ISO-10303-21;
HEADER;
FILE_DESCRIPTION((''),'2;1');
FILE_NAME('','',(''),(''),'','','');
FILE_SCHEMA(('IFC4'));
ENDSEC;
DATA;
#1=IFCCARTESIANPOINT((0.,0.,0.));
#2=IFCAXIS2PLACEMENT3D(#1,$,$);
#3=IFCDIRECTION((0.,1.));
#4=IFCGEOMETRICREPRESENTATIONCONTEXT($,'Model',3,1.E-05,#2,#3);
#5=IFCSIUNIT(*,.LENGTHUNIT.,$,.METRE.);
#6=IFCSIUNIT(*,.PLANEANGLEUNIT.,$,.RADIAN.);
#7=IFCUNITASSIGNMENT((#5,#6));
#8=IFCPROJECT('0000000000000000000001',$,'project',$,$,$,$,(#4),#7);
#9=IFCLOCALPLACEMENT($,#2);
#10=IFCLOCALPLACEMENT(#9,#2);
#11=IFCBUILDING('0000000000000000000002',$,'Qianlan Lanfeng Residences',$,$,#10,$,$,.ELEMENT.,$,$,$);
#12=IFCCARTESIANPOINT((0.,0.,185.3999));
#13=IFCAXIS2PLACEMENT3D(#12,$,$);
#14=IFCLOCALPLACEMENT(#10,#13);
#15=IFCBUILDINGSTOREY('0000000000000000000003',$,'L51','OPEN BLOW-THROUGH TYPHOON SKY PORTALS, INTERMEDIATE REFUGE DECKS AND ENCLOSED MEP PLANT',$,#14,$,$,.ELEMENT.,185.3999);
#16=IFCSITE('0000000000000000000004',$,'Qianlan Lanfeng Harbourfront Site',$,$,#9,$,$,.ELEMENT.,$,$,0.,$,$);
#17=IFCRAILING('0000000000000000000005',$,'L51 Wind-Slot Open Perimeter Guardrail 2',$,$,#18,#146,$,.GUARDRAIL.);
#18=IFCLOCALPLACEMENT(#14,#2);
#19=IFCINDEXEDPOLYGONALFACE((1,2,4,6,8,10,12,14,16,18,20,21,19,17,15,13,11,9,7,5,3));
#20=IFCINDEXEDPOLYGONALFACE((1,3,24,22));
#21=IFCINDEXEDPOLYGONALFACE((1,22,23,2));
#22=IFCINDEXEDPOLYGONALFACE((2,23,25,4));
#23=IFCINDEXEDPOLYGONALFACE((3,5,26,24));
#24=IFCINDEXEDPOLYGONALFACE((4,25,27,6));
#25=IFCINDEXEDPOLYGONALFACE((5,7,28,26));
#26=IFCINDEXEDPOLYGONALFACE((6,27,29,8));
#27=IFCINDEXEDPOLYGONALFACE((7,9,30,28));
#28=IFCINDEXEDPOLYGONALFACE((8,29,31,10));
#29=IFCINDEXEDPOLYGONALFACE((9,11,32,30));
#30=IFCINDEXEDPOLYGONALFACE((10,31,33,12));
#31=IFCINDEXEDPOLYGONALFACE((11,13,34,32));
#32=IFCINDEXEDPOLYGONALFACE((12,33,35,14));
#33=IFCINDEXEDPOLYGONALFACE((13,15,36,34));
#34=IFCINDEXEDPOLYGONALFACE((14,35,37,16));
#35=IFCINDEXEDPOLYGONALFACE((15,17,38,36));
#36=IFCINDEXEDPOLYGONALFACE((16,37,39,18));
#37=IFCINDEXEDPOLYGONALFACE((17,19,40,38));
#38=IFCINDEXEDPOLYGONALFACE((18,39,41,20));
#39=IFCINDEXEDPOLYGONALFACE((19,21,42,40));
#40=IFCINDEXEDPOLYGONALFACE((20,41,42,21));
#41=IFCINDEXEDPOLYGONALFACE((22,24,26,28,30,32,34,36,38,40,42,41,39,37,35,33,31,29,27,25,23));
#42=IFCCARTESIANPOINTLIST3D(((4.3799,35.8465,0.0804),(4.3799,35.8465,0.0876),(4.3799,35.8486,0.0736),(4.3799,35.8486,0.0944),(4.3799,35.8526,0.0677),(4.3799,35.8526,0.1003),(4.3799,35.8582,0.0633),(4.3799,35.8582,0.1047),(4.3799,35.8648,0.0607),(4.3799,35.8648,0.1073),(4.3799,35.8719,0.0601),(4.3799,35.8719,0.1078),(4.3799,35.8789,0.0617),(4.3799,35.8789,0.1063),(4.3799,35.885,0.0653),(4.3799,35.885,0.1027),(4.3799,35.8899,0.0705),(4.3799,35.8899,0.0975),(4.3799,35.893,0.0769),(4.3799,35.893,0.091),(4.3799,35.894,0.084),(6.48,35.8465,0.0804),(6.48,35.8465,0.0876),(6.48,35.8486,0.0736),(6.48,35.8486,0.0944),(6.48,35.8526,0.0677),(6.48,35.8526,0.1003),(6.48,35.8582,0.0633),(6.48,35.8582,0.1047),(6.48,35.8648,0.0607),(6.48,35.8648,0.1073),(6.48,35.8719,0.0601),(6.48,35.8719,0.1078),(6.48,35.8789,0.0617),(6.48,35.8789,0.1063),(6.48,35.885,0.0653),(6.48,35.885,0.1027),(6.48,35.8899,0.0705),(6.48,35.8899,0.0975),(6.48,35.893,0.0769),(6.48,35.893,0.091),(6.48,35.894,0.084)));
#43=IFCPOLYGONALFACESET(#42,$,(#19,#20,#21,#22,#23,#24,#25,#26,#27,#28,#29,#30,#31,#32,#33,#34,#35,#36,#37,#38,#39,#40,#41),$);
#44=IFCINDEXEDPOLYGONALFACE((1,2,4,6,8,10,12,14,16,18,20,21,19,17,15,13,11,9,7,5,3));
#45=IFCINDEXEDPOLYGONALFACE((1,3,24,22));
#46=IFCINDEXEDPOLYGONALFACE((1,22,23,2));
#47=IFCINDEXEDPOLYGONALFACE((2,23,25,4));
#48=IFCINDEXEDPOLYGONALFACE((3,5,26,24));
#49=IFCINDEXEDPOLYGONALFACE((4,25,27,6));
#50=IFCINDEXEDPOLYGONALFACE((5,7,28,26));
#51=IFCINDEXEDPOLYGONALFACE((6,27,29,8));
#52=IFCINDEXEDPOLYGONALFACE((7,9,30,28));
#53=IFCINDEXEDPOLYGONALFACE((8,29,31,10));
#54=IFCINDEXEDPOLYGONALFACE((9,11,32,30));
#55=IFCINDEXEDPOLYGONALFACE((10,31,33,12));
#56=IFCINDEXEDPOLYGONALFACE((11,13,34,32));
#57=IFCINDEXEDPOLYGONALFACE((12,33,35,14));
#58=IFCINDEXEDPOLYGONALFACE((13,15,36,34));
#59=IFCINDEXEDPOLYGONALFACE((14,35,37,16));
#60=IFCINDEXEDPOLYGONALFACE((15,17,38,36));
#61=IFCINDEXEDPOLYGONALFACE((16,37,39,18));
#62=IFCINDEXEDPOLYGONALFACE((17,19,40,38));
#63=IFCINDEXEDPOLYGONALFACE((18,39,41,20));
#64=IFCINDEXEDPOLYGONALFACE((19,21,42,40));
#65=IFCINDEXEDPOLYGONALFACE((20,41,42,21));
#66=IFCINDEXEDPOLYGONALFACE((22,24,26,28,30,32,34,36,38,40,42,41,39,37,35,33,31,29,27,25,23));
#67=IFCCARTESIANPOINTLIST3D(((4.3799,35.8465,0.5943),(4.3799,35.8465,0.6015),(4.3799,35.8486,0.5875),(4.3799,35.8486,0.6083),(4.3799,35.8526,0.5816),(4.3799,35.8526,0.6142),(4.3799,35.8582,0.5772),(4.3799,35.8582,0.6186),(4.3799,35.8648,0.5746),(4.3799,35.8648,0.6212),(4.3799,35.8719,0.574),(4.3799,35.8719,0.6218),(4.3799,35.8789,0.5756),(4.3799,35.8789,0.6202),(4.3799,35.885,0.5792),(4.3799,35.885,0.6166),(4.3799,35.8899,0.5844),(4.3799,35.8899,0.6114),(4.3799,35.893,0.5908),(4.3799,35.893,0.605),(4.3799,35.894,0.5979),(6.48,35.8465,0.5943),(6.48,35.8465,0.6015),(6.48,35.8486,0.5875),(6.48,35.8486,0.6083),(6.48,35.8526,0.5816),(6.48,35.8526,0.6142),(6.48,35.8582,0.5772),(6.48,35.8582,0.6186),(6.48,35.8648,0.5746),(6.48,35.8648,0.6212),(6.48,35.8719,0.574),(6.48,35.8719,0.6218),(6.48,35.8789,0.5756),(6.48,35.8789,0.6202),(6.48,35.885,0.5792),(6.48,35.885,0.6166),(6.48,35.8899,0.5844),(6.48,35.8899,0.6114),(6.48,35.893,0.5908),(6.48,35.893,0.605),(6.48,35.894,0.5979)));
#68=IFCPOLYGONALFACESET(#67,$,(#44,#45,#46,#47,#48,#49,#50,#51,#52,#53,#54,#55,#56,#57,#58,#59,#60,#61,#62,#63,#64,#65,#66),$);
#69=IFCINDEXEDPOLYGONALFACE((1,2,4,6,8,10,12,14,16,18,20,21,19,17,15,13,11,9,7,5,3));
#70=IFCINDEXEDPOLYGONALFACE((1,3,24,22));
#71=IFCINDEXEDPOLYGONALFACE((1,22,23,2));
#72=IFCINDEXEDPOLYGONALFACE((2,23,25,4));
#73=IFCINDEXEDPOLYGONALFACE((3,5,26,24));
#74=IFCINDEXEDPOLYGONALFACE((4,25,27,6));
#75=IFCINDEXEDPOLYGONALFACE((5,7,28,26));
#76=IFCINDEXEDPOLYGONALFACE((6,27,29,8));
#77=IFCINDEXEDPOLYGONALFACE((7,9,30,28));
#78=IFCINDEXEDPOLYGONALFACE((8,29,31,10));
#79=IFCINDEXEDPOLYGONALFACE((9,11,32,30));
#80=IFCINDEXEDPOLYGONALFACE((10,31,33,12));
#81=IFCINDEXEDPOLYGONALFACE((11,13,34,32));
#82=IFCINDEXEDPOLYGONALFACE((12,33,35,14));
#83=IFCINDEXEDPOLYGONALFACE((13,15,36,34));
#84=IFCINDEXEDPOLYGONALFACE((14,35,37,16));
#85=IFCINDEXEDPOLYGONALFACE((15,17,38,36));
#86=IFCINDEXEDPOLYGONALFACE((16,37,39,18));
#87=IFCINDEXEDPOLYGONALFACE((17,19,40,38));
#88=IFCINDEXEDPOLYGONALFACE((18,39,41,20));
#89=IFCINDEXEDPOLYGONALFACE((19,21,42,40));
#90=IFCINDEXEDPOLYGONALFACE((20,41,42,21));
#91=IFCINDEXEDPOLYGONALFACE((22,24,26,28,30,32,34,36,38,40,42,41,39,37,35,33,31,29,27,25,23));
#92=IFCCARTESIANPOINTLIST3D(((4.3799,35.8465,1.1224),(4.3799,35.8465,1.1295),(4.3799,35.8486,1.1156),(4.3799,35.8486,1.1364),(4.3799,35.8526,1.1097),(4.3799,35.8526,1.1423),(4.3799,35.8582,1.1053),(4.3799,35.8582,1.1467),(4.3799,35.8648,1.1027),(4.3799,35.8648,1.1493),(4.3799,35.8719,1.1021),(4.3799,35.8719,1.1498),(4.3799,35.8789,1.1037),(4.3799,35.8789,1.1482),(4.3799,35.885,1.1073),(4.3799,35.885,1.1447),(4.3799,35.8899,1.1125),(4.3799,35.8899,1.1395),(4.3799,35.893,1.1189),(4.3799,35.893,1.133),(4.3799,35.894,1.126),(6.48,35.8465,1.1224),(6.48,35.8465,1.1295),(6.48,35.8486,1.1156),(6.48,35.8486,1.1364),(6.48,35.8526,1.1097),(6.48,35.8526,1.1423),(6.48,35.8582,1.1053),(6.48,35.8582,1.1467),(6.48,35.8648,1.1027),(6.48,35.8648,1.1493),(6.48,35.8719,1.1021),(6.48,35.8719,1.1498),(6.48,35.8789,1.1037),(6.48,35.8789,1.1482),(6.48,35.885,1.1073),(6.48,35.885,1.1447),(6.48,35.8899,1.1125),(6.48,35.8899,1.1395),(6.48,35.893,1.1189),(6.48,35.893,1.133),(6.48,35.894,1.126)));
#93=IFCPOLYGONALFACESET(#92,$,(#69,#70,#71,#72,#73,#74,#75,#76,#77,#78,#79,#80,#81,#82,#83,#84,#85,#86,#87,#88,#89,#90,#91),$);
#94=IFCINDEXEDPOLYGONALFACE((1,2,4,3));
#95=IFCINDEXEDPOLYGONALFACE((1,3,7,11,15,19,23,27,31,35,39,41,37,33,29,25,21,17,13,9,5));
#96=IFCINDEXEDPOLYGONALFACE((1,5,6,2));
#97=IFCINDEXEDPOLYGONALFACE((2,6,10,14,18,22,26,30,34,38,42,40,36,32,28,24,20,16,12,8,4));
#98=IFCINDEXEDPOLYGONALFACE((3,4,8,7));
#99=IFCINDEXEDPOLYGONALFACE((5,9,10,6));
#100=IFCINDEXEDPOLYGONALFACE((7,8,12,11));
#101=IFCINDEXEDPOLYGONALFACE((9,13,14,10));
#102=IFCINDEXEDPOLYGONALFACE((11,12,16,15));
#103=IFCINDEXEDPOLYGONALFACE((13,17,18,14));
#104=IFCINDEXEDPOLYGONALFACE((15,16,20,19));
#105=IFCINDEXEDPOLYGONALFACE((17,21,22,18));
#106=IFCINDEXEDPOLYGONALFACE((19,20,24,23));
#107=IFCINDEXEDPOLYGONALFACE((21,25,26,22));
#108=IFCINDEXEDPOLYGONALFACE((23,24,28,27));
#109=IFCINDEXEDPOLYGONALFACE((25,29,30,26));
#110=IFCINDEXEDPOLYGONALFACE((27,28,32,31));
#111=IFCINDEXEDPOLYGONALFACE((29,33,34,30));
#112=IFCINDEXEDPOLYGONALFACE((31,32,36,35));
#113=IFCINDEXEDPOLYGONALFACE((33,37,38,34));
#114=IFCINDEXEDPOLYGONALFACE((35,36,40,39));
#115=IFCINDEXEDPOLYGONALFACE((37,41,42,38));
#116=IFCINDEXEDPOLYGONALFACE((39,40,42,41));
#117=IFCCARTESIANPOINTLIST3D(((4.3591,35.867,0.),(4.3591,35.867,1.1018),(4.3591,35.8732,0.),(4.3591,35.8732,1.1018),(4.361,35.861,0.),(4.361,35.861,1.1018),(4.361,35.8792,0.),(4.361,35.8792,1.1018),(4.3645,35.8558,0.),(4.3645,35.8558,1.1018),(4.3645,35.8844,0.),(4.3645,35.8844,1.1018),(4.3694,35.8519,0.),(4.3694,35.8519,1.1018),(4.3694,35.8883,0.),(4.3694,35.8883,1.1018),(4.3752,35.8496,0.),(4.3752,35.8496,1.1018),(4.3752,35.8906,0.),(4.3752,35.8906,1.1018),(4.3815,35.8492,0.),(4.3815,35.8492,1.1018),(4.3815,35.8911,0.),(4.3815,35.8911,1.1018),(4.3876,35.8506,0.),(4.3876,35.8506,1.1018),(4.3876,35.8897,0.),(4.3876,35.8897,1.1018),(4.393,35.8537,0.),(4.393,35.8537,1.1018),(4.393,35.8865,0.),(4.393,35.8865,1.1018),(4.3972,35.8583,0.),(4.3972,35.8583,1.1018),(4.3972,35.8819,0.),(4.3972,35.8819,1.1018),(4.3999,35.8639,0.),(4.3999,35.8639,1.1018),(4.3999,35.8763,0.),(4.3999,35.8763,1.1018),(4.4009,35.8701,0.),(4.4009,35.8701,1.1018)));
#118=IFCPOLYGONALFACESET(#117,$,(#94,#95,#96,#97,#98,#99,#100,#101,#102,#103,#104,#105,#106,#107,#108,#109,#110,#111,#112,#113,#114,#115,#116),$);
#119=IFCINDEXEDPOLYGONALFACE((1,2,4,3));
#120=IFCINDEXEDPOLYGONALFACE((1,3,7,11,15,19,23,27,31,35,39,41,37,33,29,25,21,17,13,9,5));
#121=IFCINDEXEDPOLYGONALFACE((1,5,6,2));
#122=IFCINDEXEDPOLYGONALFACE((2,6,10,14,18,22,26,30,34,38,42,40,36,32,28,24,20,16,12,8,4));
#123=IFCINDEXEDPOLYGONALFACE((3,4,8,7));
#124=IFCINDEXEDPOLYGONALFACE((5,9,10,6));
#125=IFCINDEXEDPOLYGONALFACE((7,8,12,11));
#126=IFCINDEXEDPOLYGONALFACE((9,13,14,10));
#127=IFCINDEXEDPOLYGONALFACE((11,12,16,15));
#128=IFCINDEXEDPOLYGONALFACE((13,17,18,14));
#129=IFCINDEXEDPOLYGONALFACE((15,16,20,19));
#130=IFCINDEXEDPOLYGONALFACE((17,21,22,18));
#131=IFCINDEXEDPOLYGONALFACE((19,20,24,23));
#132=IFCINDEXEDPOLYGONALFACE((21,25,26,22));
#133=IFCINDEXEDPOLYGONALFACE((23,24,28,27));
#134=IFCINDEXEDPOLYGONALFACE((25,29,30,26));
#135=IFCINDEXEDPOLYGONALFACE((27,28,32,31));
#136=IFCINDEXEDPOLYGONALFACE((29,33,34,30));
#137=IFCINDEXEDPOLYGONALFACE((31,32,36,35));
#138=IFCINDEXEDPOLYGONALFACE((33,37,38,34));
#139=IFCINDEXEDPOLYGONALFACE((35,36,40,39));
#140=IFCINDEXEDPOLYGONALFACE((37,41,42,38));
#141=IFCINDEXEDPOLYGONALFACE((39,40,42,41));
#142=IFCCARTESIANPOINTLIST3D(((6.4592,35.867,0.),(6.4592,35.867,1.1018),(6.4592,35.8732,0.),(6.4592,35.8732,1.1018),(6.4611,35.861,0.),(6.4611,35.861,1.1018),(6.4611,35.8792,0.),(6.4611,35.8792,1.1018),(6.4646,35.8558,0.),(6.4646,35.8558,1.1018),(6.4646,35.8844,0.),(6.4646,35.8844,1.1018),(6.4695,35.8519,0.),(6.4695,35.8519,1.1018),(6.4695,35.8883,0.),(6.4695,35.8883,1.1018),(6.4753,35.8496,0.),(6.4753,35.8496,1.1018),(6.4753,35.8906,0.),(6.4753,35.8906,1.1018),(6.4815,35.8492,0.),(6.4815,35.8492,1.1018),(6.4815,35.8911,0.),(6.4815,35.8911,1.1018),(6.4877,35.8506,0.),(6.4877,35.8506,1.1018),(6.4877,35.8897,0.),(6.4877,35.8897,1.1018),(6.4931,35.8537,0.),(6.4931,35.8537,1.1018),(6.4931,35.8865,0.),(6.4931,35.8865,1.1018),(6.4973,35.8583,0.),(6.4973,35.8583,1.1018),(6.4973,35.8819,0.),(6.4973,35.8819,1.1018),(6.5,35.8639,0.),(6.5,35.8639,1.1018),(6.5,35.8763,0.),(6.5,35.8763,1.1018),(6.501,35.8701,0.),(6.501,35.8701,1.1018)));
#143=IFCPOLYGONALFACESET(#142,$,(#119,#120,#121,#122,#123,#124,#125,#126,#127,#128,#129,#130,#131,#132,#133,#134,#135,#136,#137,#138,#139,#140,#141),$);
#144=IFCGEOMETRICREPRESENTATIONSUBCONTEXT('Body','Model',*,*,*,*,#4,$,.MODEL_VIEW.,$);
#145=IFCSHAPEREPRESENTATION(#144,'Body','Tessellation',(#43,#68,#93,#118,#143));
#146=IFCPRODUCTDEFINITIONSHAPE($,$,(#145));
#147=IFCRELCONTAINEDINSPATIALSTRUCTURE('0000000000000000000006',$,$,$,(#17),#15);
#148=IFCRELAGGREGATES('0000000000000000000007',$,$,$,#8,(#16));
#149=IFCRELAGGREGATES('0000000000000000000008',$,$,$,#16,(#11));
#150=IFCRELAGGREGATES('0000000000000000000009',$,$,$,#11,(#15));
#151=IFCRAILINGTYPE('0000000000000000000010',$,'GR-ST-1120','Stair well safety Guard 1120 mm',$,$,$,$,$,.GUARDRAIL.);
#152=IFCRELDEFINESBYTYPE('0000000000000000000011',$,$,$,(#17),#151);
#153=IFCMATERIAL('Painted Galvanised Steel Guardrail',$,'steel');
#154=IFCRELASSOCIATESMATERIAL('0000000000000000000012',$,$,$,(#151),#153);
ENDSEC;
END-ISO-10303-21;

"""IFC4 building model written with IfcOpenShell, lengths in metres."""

from ifc_helpers import new_model, si_unit, direction, frame, origin, origin_2d, place, context, subcontext, project, spatial, circle, extrude, material, type_object, element, save


model = new_model("IFC4")

# Units and contexts
model_context = context("Model", 3, precision=1e-05, world=origin(), true_north=direction((0.0, 1.0)))
body_context = subcontext(model_context, "Body", "Model", "MODEL_VIEW")
ifc_project = project(units=[si_unit("LENGTHUNIT", "METRE"), si_unit("PLANEANGLEUNIT", "RADIAN")], contexts=[model_context])

# Site, building, storey
site_placement = place(None, origin())
site = spatial("IfcSite", under=ifc_project, at=site_placement, Name="Qianlan Lanfeng Harbourfront Site", CompositionType="ELEMENT", RefElevation=0.0)
building_placement = place(site_placement, origin())
building = spatial("IfcBuilding", under=site, at=building_placement, Name="Qianlan Lanfeng Residences", CompositionType="ELEMENT")
storey_placement = place(building_placement, frame((0.0, 0.0, 185.3999)))
storey = spatial("IfcBuildingStorey", under=building, at=storey_placement, Name="L51", Description="OPEN BLOW-THROUGH TYPHOON SKY PORTALS, INTERMEDIATE REFUGE DECKS AND ENCLOSED MEP PLANT", CompositionType="ELEMENT", Elevation=185.3999)

# Railing
ifc_material_1 = material(Name="Painted Galvanised Steel Guardrail", Category="steel")
railing_type_1 = type_object("IfcRailingType", Name="GR-ST-1120", Description="Stair well safety Guard 1120 mm", PredefinedType="GUARDRAIL", material=ifc_material_1)
railing_1_placement = place(storey_placement, frame((4.3799, 35.8701, 0.0)))
element("IfcRailing", 1, at=railing_1_placement, inside=storey, type_object=railing_type_1, Name="L51 Wind-Slot Open Perimeter Guardrail 2", PredefinedType="GUARDRAIL", context=body_context, shape_type="SweptSolid", body=[
    extrude(circle(Radius=0.0239, at=origin_2d()), frame((0.0, 0.0, 0.084), z_axis=(1.0, 0.0, 0.0), x_axis=(0.0, 1.0, 0.0)), (0.0, 0.0, 1.0), 2.1001),
    extrude(circle(Radius=0.0239, at=origin_2d()), frame((0.0, 0.0, 0.5979), z_axis=(1.0, 0.0, 0.0), x_axis=(0.0, 1.0, 0.0)), (0.0, 0.0, 1.0), 2.1001),
    extrude(circle(Radius=0.0239, at=origin_2d()), frame((0.0, 0.0, 1.126), z_axis=(1.0, 0.0, 0.0), x_axis=(0.0, 1.0, 0.0)), (0.0, 0.0, 1.0), 2.1001),
    extrude(circle(Radius=0.021, at=origin_2d()), origin(), (0.0, 0.0, 1.0), 1.1018),
    extrude(circle(Radius=0.021, at=origin_2d()), frame((2.1001, 0.0, 0.0)), (0.0, 0.0, 1.0), 1.1018),
])

save(model, "model.ifc")
